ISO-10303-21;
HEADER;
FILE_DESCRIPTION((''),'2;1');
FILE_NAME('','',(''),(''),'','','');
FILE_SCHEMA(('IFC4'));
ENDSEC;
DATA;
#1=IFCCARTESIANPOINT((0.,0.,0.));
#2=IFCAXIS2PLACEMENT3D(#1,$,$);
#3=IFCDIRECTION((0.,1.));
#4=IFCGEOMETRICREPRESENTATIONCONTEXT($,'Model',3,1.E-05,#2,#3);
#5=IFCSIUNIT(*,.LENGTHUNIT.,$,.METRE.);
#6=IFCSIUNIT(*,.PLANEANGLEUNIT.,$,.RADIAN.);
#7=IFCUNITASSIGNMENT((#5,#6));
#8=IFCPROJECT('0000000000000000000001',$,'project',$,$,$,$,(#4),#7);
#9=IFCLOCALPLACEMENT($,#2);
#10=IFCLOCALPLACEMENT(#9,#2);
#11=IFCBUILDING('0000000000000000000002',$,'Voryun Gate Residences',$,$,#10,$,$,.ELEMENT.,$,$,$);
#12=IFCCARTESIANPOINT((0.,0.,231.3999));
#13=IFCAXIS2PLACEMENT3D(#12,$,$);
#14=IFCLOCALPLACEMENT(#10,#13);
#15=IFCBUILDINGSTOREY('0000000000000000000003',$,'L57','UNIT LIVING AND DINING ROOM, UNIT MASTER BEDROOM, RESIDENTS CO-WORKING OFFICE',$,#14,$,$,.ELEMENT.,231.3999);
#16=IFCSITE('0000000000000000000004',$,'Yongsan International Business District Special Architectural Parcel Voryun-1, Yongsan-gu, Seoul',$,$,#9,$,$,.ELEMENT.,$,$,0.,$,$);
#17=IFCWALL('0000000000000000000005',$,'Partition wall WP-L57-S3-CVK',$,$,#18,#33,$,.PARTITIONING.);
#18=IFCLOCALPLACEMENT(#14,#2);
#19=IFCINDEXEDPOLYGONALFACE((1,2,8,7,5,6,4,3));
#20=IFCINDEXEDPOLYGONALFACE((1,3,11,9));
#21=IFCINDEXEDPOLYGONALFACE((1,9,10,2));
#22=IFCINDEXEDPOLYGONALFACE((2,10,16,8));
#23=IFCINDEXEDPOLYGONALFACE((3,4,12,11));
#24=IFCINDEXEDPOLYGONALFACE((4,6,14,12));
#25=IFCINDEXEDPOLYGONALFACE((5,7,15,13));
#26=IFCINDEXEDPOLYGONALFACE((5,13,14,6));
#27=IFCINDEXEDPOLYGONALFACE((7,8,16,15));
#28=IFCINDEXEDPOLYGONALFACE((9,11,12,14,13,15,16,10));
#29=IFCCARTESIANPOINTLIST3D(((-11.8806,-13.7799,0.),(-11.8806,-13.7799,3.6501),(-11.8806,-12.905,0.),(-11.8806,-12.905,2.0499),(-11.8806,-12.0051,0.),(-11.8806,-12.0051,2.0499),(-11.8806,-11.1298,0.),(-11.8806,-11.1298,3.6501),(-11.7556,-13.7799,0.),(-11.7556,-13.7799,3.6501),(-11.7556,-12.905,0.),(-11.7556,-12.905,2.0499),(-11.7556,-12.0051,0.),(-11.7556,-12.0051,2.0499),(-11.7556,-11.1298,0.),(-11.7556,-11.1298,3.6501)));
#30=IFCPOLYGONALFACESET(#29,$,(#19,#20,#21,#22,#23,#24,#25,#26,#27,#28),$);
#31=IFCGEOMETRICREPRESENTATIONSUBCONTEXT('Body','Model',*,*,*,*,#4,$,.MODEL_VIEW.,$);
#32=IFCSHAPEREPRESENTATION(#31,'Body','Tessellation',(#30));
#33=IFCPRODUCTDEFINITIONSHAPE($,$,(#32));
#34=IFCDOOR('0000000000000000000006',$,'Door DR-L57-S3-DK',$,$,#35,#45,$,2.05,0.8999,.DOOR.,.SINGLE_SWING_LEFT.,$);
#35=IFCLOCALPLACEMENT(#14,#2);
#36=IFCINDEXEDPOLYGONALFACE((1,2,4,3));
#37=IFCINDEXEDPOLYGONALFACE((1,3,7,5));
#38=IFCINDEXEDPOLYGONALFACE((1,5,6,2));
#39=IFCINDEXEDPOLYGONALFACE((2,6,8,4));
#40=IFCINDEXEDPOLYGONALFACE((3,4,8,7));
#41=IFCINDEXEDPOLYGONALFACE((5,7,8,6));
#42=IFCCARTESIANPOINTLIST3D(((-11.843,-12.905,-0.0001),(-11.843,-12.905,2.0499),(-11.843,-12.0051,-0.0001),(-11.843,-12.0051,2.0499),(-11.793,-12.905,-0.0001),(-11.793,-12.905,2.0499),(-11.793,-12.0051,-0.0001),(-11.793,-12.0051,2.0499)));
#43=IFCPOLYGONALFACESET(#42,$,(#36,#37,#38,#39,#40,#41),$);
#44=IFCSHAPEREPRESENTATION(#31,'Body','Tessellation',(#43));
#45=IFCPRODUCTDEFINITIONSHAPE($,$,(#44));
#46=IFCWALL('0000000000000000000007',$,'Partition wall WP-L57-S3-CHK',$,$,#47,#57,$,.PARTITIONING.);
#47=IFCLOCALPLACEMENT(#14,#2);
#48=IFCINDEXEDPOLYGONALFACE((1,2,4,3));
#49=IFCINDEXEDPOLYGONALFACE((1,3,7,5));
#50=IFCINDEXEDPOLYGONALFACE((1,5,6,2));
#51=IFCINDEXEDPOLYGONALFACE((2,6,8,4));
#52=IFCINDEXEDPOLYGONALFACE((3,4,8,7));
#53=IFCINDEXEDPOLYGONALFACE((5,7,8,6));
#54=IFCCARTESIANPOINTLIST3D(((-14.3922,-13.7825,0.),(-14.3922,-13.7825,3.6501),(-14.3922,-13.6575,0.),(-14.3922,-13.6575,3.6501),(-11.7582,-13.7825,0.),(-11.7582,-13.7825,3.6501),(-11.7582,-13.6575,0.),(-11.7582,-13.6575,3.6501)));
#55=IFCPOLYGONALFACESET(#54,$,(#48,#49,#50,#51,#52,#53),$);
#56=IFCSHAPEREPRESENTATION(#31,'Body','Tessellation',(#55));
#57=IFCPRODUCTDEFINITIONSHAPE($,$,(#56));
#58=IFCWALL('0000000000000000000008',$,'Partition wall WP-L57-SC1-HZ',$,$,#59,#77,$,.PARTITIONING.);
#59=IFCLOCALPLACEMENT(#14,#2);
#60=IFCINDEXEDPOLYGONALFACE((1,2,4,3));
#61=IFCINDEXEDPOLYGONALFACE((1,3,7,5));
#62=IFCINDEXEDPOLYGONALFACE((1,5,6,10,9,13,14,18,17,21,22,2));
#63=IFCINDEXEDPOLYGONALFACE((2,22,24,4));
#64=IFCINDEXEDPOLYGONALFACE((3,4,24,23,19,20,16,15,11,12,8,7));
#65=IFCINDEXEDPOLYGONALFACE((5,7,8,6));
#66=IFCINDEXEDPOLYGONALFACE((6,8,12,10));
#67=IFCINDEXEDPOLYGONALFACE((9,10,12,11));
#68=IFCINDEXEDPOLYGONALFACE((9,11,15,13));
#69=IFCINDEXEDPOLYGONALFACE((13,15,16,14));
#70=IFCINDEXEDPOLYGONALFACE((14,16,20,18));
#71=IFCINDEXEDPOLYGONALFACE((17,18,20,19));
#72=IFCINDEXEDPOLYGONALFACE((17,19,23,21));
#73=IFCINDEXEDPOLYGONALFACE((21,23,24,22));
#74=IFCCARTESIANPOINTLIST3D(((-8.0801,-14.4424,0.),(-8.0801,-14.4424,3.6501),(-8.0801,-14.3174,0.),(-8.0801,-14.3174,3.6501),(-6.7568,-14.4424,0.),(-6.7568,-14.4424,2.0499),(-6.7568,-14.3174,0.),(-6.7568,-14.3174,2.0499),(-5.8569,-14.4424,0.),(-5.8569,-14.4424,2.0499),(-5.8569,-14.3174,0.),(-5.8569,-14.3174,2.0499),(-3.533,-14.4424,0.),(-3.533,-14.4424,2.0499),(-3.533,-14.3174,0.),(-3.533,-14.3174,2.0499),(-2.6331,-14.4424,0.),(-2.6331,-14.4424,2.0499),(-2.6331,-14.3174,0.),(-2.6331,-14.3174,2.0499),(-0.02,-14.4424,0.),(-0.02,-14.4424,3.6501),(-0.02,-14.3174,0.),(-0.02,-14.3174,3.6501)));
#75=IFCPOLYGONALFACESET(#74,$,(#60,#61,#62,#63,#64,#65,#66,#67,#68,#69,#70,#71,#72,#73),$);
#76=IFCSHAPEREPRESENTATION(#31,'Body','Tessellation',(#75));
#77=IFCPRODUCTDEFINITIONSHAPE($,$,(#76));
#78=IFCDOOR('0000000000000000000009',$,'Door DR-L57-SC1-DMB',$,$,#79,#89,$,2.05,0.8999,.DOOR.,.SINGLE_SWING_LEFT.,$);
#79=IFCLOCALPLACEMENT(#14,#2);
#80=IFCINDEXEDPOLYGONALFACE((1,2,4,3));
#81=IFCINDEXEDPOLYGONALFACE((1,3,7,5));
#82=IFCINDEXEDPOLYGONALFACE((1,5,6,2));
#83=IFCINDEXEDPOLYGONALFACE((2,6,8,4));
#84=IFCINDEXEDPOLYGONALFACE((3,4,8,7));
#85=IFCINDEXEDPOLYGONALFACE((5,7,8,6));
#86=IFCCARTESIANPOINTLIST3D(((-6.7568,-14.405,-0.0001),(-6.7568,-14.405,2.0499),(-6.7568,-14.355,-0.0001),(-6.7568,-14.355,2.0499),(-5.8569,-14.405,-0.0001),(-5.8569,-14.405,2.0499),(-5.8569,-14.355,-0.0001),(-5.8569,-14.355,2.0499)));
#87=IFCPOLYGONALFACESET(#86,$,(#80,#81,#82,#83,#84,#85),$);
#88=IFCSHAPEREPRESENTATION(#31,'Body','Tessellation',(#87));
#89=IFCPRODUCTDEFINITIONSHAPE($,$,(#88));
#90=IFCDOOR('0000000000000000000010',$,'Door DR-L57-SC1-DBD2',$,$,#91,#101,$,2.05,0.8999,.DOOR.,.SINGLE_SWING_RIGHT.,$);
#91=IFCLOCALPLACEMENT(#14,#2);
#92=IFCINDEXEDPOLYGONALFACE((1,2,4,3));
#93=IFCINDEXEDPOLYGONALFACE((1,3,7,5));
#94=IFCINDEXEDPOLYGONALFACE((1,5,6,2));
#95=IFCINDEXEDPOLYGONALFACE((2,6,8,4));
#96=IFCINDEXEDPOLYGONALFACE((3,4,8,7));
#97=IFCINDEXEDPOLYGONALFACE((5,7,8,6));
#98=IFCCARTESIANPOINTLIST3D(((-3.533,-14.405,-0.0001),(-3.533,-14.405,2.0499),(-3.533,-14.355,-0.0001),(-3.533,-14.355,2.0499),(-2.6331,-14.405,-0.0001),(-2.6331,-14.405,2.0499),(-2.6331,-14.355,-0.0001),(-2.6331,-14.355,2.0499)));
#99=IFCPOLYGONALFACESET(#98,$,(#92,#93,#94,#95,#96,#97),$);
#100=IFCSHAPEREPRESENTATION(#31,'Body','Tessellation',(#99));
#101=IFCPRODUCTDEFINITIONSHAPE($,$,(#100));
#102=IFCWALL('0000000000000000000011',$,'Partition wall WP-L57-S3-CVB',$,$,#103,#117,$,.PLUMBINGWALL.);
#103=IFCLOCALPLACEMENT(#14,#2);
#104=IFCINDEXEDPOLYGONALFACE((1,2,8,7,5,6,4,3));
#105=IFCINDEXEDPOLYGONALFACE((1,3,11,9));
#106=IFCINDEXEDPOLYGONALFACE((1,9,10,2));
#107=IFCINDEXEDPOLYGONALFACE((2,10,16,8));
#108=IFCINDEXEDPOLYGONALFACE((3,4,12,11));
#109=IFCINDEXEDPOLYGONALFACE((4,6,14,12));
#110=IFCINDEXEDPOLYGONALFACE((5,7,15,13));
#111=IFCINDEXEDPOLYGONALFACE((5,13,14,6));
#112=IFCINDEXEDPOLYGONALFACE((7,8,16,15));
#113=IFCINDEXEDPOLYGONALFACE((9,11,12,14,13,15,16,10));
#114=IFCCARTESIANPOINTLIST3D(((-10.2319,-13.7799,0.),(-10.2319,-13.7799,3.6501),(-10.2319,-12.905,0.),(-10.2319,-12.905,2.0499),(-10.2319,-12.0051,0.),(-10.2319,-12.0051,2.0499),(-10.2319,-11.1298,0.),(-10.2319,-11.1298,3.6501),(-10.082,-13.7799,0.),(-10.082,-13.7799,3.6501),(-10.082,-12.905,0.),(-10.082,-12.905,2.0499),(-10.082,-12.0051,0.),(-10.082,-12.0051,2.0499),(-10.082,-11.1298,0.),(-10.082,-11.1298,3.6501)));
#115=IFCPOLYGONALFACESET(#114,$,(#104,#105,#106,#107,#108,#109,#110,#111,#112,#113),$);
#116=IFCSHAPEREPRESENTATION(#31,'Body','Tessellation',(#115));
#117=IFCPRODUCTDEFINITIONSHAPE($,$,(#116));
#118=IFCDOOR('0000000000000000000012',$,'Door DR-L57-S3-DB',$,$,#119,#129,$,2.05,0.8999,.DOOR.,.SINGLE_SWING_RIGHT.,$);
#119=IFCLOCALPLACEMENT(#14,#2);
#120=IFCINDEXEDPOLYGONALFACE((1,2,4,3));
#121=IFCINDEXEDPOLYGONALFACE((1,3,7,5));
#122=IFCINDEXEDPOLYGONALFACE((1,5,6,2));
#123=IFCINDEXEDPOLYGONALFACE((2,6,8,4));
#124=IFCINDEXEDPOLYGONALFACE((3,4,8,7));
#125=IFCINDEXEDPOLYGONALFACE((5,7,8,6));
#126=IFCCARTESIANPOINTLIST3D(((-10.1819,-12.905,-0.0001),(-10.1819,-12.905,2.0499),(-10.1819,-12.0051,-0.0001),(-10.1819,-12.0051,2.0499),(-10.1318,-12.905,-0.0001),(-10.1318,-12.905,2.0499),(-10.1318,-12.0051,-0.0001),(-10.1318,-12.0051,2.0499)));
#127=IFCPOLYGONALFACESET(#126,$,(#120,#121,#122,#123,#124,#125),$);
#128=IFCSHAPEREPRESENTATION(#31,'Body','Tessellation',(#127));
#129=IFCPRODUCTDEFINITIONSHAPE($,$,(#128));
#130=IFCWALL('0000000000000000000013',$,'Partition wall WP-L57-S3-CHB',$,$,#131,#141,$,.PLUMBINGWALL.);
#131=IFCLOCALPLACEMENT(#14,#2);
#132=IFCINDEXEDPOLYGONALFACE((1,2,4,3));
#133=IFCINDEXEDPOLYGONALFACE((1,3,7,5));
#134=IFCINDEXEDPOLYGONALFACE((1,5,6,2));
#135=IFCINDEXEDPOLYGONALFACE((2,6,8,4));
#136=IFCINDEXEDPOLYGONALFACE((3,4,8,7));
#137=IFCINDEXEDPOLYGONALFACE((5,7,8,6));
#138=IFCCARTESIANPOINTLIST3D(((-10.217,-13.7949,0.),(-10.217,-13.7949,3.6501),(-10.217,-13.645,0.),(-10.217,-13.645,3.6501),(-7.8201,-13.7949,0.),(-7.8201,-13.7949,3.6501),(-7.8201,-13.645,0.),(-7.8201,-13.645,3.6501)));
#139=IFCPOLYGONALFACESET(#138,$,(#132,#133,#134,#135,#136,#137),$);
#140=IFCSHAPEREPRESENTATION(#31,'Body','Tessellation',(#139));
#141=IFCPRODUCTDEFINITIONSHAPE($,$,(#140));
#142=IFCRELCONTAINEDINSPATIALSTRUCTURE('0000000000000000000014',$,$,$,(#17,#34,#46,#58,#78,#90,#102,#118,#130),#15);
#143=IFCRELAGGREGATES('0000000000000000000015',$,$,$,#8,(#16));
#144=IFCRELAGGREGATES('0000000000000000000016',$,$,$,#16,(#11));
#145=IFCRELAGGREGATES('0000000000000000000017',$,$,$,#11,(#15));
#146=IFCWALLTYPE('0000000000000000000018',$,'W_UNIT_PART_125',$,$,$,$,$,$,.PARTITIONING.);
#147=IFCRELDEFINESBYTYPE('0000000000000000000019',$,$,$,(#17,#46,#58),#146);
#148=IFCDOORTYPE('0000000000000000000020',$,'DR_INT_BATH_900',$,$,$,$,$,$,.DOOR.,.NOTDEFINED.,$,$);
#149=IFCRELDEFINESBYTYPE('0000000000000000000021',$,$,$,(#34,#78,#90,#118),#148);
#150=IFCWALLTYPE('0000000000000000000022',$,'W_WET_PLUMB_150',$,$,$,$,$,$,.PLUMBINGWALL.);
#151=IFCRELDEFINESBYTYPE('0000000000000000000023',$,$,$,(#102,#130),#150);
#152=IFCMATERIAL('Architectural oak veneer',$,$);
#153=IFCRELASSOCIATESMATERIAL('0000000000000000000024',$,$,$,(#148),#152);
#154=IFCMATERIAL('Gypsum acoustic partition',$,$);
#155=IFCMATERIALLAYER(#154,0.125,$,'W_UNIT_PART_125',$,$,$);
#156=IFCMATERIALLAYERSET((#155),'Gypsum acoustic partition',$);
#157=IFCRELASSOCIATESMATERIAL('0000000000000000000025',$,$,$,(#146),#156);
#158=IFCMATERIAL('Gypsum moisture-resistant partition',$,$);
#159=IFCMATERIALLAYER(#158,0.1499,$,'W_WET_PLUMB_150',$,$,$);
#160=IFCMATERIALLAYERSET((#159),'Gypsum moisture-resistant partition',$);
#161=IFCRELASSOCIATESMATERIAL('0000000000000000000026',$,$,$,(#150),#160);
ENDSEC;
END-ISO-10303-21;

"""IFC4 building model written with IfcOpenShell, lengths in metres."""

from ifc_helpers import new_model, si_unit, direction, frame, frame_2d, origin, place, context, subcontext, project, spatial, rectangle, extrude, material, layer, layer_set, type_object, element, fill, save


model = new_model("IFC4")

# Units and contexts
model_context = context("Model", 3, precision=1e-05, world=origin(), true_north=direction((0.0, 1.0)))
body_context = subcontext(model_context, "Body", "Model", "MODEL_VIEW")
ifc_project = project(units=[si_unit("LENGTHUNIT", "METRE"), si_unit("PLANEANGLEUNIT", "RADIAN")], contexts=[model_context])

# Site, building, storey
site_placement = place(None, origin())
site = spatial("IfcSite", under=ifc_project, at=site_placement, Name="Yongsan International Business District Special Architectural Parcel Voryun-1, Yongsan-gu, Seoul", CompositionType="ELEMENT", RefElevation=0.0)
building_placement = place(site_placement, origin())
building = spatial("IfcBuilding", under=site, at=building_placement, Name="Voryun Gate Residences", CompositionType="ELEMENT")
storey_placement = place(building_placement, frame((0.0, 0.0, 231.3999)))
storey = spatial("IfcBuildingStorey", under=building, at=storey_placement, Name="L57", Description="UNIT LIVING AND DINING ROOM, UNIT MASTER BEDROOM, RESIDENTS CO-WORKING OFFICE", CompositionType="ELEMENT", Elevation=231.3999)

# Shared definitions
ifc_material_1 = material(Name="Architectural oak veneer")
door_type_1 = type_object("IfcDoorType", Name="DR_INT_BATH_900", OperationType="NOTDEFINED", PredefinedType="DOOR", material=ifc_material_1)

# Wall, opening, door
ifc_material_2 = material(Name="Gypsum acoustic partition")
ifc_layer_1 = layer(ifc_material_2, 0.125, Name="W_UNIT_PART_125")
ifc_layer_set_1 = layer_set([ifc_layer_1], Name="Gypsum acoustic partition")
wall_type_1 = type_object("IfcWallType", Name="W_UNIT_PART_125", PredefinedType="PARTITIONING", material=ifc_layer_set_1)
wall_1_placement = place(storey_placement, frame((-11.8181, -13.78, 0.0), z_axis=(0.0, 0.0, 1.0), x_axis=(0.0, 1.0, 0.0)))
wall_1 = element("IfcWall", 1, at=wall_1_placement, inside=storey, type_object=wall_type_1, Name="Partition wall WP-L57-S3-CVK", PredefinedType="PARTITIONING", context=body_context, shape_type="SweptSolid", body=[
    extrude(rectangle(XDim=2.6501, YDim=0.125, at=frame_2d((1.3252, 0.0))), origin(), (0.0, 0.0, 1.0), 3.6501),
])
opening_1_placement = place(wall_1_placement, frame((0.875, 0.0, 0.0)))
opening_1 = element("IfcOpeningElement", 2, at=opening_1_placement, cuts=wall_1, PredefinedType="OPENING", context=body_context, shape_type="SweptSolid", body=[
    extrude(rectangle(XDim=0.8999, YDim=2.05, at=frame_2d((0.45, 1.0249))), frame((0.0, 0.0725, 0.0), z_axis=(0.0, -1.0, 0.0), x_axis=(1.0, 0.0, 0.0)), (0.0, 0.0, 1.0), 0.145),
])
door_1_placement = place(opening_1_placement, origin())
door_1 = element("IfcDoor", 3, at=door_1_placement, inside=storey, type_object=door_type_1, Name="Door DR-L57-S3-DK", OperationType="SINGLE_SWING_LEFT", OverallHeight=2.05, OverallWidth=0.8999, PredefinedType="DOOR", context=body_context, shape_type="SweptSolid", body=[
    extrude(rectangle(XDim=0.8999, YDim=2.05, at=frame_2d((0.45, 1.0249))), frame((0.0, 0.0249, 0.0), z_axis=(0.0, -1.0, 0.0), x_axis=(1.0, 0.0, 0.0)), (0.0, 0.0, 1.0), 0.05),
])
fill(opening_1, door_1)

# Wall
wall_2_placement = place(storey_placement, frame((-14.3921, -13.72, 0.0), z_axis=(0.0, 0.0, 1.0), x_axis=(1.0, 0.0, 0.0)))
element("IfcWall", 4, at=wall_2_placement, inside=storey, type_object=wall_type_1, Name="Partition wall WP-L57-S3-CHK", PredefinedType="PARTITIONING", context=body_context, shape_type="SweptSolid", body=[
    extrude(rectangle(XDim=2.634, YDim=0.125, at=frame_2d((1.3169, 0.0))), origin(), (0.0, 0.0, 1.0), 3.6501),
])

# Wall, openings, doors
wall_3_placement = place(storey_placement, frame((-8.0801, -14.3799, 0.0), z_axis=(0.0, 0.0, 1.0), x_axis=(1.0, 0.0, 0.0)))
wall_3 = element("IfcWall", 5, at=wall_3_placement, inside=storey, type_object=wall_type_1, Name="Partition wall WP-L57-SC1-HZ", PredefinedType="PARTITIONING", context=body_context, shape_type="SweptSolid", body=[
    extrude(rectangle(XDim=8.0601, YDim=0.125, at=frame_2d((4.03, 0.0))), origin(), (0.0, 0.0, 1.0), 3.6501),
])
opening_2_placement = place(wall_3_placement, frame((1.3232, 0.0, 0.0)))
opening_2 = element("IfcOpeningElement", 6, at=opening_2_placement, cuts=wall_3, PredefinedType="OPENING", context=body_context, shape_type="SweptSolid", body=[
    extrude(rectangle(XDim=0.8999, YDim=2.05, at=frame_2d((0.45, 1.0249))), frame((0.0, 0.0725, 0.0), z_axis=(0.0, -1.0, 0.0), x_axis=(1.0, 0.0, 0.0)), (0.0, 0.0, 1.0), 0.145),
])
opening_3_placement = place(wall_3_placement, frame((4.5471, 0.0, 0.0)))
opening_3 = element("IfcOpeningElement", 7, at=opening_3_placement, cuts=wall_3, PredefinedType="OPENING", context=body_context, shape_type="SweptSolid", body=[
    extrude(rectangle(XDim=0.8999, YDim=2.05, at=frame_2d((0.45, 1.0249))), frame((0.0, 0.0725, 0.0), z_axis=(0.0, -1.0, 0.0), x_axis=(1.0, 0.0, 0.0)), (0.0, 0.0, 1.0), 0.145),
])
door_2_placement = place(opening_2_placement, origin())
door_2 = element("IfcDoor", 8, at=door_2_placement, inside=storey, type_object=door_type_1, Name="Door DR-L57-SC1-DMB", OperationType="SINGLE_SWING_LEFT", OverallHeight=2.05, OverallWidth=0.8999, PredefinedType="DOOR", context=body_context, shape_type="SweptSolid", body=[
    extrude(rectangle(XDim=0.8999, YDim=2.05, at=frame_2d((0.45, 1.0249))), frame((0.0, 0.0249, 0.0), z_axis=(0.0, -1.0, 0.0), x_axis=(1.0, 0.0, 0.0)), (0.0, 0.0, 1.0), 0.05),
])
fill(opening_2, door_2)
door_3_placement = place(opening_3_placement, origin())
door_3 = element("IfcDoor", 9, at=door_3_placement, inside=storey, type_object=door_type_1, Name="Door DR-L57-SC1-DBD2", OperationType="SINGLE_SWING_RIGHT", OverallHeight=2.05, OverallWidth=0.8999, PredefinedType="DOOR", context=body_context, shape_type="SweptSolid", body=[
    extrude(rectangle(XDim=0.8999, YDim=2.05, at=frame_2d((0.45, 1.0249))), frame((0.0, 0.0249, 0.0), z_axis=(0.0, -1.0, 0.0), x_axis=(1.0, 0.0, 0.0)), (0.0, 0.0, 1.0), 0.05),
])
fill(opening_3, door_3)

# Wall, opening, door
ifc_material_3 = material(Name="Gypsum moisture-resistant partition")
ifc_layer_2 = layer(ifc_material_3, 0.1499, Name="W_WET_PLUMB_150")
ifc_layer_set_2 = layer_set([ifc_layer_2], Name="Gypsum moisture-resistant partition")
wall_type_2 = type_object("IfcWallType", Name="W_WET_PLUMB_150", PredefinedType="PLUMBINGWALL", material=ifc_layer_set_2)
wall_4_placement = place(storey_placement, frame((-10.157, -13.78, 0.0), z_axis=(0.0, 0.0, 1.0), x_axis=(0.0, 1.0, 0.0)))
wall_4 = element("IfcWall", 10, at=wall_4_placement, inside=storey, type_object=wall_type_2, Name="Partition wall WP-L57-S3-CVB", PredefinedType="PLUMBINGWALL", context=body_context, shape_type="SweptSolid", body=[
    extrude(rectangle(XDim=2.6501, YDim=0.1499, at=frame_2d((1.3252, 0.0))), origin(), (0.0, 0.0, 1.0), 3.6501),
])
opening_4_placement = place(wall_4_placement, frame((0.875, 0.0, 0.0)))
opening_4 = element("IfcOpeningElement", 11, at=opening_4_placement, cuts=wall_4, PredefinedType="OPENING", context=body_context, shape_type="SweptSolid", body=[
    extrude(rectangle(XDim=0.8999, YDim=2.05, at=frame_2d((0.45, 1.0249))), frame((0.0, 0.085, 0.0), z_axis=(0.0, -1.0, 0.0), x_axis=(1.0, 0.0, 0.0)), (0.0, 0.0, 1.0), 0.1699),
])
door_4_placement = place(opening_4_placement, origin())
door_4 = element("IfcDoor", 12, at=door_4_placement, inside=storey, type_object=door_type_1, Name="Door DR-L57-S3-DB", OperationType="SINGLE_SWING_RIGHT", OverallHeight=2.05, OverallWidth=0.8999, PredefinedType="DOOR", context=body_context, shape_type="SweptSolid", body=[
    extrude(rectangle(XDim=0.8999, YDim=2.05, at=frame_2d((0.45, 1.0249))), frame((0.0, 0.0249, 0.0), z_axis=(0.0, -1.0, 0.0), x_axis=(1.0, 0.0, 0.0)), (0.0, 0.0, 1.0), 0.05),
])
fill(opening_4, door_4)

# Wall
wall_5_placement = place(storey_placement, frame((-10.217, -13.72, 0.0), z_axis=(0.0, 0.0, 1.0), x_axis=(1.0, 0.0, 0.0)))
element("IfcWall", 13, at=wall_5_placement, inside=storey, type_object=wall_type_2, Name="Partition wall WP-L57-S3-CHB", PredefinedType="PLUMBINGWALL", context=body_context, shape_type="SweptSolid", body=[
    extrude(rectangle(XDim=2.397, YDim=0.1499, at=frame_2d((1.1985, 0.0))), origin(), (0.0, 0.0, 1.0), 3.6501),
])

save(model, "model.ifc")
